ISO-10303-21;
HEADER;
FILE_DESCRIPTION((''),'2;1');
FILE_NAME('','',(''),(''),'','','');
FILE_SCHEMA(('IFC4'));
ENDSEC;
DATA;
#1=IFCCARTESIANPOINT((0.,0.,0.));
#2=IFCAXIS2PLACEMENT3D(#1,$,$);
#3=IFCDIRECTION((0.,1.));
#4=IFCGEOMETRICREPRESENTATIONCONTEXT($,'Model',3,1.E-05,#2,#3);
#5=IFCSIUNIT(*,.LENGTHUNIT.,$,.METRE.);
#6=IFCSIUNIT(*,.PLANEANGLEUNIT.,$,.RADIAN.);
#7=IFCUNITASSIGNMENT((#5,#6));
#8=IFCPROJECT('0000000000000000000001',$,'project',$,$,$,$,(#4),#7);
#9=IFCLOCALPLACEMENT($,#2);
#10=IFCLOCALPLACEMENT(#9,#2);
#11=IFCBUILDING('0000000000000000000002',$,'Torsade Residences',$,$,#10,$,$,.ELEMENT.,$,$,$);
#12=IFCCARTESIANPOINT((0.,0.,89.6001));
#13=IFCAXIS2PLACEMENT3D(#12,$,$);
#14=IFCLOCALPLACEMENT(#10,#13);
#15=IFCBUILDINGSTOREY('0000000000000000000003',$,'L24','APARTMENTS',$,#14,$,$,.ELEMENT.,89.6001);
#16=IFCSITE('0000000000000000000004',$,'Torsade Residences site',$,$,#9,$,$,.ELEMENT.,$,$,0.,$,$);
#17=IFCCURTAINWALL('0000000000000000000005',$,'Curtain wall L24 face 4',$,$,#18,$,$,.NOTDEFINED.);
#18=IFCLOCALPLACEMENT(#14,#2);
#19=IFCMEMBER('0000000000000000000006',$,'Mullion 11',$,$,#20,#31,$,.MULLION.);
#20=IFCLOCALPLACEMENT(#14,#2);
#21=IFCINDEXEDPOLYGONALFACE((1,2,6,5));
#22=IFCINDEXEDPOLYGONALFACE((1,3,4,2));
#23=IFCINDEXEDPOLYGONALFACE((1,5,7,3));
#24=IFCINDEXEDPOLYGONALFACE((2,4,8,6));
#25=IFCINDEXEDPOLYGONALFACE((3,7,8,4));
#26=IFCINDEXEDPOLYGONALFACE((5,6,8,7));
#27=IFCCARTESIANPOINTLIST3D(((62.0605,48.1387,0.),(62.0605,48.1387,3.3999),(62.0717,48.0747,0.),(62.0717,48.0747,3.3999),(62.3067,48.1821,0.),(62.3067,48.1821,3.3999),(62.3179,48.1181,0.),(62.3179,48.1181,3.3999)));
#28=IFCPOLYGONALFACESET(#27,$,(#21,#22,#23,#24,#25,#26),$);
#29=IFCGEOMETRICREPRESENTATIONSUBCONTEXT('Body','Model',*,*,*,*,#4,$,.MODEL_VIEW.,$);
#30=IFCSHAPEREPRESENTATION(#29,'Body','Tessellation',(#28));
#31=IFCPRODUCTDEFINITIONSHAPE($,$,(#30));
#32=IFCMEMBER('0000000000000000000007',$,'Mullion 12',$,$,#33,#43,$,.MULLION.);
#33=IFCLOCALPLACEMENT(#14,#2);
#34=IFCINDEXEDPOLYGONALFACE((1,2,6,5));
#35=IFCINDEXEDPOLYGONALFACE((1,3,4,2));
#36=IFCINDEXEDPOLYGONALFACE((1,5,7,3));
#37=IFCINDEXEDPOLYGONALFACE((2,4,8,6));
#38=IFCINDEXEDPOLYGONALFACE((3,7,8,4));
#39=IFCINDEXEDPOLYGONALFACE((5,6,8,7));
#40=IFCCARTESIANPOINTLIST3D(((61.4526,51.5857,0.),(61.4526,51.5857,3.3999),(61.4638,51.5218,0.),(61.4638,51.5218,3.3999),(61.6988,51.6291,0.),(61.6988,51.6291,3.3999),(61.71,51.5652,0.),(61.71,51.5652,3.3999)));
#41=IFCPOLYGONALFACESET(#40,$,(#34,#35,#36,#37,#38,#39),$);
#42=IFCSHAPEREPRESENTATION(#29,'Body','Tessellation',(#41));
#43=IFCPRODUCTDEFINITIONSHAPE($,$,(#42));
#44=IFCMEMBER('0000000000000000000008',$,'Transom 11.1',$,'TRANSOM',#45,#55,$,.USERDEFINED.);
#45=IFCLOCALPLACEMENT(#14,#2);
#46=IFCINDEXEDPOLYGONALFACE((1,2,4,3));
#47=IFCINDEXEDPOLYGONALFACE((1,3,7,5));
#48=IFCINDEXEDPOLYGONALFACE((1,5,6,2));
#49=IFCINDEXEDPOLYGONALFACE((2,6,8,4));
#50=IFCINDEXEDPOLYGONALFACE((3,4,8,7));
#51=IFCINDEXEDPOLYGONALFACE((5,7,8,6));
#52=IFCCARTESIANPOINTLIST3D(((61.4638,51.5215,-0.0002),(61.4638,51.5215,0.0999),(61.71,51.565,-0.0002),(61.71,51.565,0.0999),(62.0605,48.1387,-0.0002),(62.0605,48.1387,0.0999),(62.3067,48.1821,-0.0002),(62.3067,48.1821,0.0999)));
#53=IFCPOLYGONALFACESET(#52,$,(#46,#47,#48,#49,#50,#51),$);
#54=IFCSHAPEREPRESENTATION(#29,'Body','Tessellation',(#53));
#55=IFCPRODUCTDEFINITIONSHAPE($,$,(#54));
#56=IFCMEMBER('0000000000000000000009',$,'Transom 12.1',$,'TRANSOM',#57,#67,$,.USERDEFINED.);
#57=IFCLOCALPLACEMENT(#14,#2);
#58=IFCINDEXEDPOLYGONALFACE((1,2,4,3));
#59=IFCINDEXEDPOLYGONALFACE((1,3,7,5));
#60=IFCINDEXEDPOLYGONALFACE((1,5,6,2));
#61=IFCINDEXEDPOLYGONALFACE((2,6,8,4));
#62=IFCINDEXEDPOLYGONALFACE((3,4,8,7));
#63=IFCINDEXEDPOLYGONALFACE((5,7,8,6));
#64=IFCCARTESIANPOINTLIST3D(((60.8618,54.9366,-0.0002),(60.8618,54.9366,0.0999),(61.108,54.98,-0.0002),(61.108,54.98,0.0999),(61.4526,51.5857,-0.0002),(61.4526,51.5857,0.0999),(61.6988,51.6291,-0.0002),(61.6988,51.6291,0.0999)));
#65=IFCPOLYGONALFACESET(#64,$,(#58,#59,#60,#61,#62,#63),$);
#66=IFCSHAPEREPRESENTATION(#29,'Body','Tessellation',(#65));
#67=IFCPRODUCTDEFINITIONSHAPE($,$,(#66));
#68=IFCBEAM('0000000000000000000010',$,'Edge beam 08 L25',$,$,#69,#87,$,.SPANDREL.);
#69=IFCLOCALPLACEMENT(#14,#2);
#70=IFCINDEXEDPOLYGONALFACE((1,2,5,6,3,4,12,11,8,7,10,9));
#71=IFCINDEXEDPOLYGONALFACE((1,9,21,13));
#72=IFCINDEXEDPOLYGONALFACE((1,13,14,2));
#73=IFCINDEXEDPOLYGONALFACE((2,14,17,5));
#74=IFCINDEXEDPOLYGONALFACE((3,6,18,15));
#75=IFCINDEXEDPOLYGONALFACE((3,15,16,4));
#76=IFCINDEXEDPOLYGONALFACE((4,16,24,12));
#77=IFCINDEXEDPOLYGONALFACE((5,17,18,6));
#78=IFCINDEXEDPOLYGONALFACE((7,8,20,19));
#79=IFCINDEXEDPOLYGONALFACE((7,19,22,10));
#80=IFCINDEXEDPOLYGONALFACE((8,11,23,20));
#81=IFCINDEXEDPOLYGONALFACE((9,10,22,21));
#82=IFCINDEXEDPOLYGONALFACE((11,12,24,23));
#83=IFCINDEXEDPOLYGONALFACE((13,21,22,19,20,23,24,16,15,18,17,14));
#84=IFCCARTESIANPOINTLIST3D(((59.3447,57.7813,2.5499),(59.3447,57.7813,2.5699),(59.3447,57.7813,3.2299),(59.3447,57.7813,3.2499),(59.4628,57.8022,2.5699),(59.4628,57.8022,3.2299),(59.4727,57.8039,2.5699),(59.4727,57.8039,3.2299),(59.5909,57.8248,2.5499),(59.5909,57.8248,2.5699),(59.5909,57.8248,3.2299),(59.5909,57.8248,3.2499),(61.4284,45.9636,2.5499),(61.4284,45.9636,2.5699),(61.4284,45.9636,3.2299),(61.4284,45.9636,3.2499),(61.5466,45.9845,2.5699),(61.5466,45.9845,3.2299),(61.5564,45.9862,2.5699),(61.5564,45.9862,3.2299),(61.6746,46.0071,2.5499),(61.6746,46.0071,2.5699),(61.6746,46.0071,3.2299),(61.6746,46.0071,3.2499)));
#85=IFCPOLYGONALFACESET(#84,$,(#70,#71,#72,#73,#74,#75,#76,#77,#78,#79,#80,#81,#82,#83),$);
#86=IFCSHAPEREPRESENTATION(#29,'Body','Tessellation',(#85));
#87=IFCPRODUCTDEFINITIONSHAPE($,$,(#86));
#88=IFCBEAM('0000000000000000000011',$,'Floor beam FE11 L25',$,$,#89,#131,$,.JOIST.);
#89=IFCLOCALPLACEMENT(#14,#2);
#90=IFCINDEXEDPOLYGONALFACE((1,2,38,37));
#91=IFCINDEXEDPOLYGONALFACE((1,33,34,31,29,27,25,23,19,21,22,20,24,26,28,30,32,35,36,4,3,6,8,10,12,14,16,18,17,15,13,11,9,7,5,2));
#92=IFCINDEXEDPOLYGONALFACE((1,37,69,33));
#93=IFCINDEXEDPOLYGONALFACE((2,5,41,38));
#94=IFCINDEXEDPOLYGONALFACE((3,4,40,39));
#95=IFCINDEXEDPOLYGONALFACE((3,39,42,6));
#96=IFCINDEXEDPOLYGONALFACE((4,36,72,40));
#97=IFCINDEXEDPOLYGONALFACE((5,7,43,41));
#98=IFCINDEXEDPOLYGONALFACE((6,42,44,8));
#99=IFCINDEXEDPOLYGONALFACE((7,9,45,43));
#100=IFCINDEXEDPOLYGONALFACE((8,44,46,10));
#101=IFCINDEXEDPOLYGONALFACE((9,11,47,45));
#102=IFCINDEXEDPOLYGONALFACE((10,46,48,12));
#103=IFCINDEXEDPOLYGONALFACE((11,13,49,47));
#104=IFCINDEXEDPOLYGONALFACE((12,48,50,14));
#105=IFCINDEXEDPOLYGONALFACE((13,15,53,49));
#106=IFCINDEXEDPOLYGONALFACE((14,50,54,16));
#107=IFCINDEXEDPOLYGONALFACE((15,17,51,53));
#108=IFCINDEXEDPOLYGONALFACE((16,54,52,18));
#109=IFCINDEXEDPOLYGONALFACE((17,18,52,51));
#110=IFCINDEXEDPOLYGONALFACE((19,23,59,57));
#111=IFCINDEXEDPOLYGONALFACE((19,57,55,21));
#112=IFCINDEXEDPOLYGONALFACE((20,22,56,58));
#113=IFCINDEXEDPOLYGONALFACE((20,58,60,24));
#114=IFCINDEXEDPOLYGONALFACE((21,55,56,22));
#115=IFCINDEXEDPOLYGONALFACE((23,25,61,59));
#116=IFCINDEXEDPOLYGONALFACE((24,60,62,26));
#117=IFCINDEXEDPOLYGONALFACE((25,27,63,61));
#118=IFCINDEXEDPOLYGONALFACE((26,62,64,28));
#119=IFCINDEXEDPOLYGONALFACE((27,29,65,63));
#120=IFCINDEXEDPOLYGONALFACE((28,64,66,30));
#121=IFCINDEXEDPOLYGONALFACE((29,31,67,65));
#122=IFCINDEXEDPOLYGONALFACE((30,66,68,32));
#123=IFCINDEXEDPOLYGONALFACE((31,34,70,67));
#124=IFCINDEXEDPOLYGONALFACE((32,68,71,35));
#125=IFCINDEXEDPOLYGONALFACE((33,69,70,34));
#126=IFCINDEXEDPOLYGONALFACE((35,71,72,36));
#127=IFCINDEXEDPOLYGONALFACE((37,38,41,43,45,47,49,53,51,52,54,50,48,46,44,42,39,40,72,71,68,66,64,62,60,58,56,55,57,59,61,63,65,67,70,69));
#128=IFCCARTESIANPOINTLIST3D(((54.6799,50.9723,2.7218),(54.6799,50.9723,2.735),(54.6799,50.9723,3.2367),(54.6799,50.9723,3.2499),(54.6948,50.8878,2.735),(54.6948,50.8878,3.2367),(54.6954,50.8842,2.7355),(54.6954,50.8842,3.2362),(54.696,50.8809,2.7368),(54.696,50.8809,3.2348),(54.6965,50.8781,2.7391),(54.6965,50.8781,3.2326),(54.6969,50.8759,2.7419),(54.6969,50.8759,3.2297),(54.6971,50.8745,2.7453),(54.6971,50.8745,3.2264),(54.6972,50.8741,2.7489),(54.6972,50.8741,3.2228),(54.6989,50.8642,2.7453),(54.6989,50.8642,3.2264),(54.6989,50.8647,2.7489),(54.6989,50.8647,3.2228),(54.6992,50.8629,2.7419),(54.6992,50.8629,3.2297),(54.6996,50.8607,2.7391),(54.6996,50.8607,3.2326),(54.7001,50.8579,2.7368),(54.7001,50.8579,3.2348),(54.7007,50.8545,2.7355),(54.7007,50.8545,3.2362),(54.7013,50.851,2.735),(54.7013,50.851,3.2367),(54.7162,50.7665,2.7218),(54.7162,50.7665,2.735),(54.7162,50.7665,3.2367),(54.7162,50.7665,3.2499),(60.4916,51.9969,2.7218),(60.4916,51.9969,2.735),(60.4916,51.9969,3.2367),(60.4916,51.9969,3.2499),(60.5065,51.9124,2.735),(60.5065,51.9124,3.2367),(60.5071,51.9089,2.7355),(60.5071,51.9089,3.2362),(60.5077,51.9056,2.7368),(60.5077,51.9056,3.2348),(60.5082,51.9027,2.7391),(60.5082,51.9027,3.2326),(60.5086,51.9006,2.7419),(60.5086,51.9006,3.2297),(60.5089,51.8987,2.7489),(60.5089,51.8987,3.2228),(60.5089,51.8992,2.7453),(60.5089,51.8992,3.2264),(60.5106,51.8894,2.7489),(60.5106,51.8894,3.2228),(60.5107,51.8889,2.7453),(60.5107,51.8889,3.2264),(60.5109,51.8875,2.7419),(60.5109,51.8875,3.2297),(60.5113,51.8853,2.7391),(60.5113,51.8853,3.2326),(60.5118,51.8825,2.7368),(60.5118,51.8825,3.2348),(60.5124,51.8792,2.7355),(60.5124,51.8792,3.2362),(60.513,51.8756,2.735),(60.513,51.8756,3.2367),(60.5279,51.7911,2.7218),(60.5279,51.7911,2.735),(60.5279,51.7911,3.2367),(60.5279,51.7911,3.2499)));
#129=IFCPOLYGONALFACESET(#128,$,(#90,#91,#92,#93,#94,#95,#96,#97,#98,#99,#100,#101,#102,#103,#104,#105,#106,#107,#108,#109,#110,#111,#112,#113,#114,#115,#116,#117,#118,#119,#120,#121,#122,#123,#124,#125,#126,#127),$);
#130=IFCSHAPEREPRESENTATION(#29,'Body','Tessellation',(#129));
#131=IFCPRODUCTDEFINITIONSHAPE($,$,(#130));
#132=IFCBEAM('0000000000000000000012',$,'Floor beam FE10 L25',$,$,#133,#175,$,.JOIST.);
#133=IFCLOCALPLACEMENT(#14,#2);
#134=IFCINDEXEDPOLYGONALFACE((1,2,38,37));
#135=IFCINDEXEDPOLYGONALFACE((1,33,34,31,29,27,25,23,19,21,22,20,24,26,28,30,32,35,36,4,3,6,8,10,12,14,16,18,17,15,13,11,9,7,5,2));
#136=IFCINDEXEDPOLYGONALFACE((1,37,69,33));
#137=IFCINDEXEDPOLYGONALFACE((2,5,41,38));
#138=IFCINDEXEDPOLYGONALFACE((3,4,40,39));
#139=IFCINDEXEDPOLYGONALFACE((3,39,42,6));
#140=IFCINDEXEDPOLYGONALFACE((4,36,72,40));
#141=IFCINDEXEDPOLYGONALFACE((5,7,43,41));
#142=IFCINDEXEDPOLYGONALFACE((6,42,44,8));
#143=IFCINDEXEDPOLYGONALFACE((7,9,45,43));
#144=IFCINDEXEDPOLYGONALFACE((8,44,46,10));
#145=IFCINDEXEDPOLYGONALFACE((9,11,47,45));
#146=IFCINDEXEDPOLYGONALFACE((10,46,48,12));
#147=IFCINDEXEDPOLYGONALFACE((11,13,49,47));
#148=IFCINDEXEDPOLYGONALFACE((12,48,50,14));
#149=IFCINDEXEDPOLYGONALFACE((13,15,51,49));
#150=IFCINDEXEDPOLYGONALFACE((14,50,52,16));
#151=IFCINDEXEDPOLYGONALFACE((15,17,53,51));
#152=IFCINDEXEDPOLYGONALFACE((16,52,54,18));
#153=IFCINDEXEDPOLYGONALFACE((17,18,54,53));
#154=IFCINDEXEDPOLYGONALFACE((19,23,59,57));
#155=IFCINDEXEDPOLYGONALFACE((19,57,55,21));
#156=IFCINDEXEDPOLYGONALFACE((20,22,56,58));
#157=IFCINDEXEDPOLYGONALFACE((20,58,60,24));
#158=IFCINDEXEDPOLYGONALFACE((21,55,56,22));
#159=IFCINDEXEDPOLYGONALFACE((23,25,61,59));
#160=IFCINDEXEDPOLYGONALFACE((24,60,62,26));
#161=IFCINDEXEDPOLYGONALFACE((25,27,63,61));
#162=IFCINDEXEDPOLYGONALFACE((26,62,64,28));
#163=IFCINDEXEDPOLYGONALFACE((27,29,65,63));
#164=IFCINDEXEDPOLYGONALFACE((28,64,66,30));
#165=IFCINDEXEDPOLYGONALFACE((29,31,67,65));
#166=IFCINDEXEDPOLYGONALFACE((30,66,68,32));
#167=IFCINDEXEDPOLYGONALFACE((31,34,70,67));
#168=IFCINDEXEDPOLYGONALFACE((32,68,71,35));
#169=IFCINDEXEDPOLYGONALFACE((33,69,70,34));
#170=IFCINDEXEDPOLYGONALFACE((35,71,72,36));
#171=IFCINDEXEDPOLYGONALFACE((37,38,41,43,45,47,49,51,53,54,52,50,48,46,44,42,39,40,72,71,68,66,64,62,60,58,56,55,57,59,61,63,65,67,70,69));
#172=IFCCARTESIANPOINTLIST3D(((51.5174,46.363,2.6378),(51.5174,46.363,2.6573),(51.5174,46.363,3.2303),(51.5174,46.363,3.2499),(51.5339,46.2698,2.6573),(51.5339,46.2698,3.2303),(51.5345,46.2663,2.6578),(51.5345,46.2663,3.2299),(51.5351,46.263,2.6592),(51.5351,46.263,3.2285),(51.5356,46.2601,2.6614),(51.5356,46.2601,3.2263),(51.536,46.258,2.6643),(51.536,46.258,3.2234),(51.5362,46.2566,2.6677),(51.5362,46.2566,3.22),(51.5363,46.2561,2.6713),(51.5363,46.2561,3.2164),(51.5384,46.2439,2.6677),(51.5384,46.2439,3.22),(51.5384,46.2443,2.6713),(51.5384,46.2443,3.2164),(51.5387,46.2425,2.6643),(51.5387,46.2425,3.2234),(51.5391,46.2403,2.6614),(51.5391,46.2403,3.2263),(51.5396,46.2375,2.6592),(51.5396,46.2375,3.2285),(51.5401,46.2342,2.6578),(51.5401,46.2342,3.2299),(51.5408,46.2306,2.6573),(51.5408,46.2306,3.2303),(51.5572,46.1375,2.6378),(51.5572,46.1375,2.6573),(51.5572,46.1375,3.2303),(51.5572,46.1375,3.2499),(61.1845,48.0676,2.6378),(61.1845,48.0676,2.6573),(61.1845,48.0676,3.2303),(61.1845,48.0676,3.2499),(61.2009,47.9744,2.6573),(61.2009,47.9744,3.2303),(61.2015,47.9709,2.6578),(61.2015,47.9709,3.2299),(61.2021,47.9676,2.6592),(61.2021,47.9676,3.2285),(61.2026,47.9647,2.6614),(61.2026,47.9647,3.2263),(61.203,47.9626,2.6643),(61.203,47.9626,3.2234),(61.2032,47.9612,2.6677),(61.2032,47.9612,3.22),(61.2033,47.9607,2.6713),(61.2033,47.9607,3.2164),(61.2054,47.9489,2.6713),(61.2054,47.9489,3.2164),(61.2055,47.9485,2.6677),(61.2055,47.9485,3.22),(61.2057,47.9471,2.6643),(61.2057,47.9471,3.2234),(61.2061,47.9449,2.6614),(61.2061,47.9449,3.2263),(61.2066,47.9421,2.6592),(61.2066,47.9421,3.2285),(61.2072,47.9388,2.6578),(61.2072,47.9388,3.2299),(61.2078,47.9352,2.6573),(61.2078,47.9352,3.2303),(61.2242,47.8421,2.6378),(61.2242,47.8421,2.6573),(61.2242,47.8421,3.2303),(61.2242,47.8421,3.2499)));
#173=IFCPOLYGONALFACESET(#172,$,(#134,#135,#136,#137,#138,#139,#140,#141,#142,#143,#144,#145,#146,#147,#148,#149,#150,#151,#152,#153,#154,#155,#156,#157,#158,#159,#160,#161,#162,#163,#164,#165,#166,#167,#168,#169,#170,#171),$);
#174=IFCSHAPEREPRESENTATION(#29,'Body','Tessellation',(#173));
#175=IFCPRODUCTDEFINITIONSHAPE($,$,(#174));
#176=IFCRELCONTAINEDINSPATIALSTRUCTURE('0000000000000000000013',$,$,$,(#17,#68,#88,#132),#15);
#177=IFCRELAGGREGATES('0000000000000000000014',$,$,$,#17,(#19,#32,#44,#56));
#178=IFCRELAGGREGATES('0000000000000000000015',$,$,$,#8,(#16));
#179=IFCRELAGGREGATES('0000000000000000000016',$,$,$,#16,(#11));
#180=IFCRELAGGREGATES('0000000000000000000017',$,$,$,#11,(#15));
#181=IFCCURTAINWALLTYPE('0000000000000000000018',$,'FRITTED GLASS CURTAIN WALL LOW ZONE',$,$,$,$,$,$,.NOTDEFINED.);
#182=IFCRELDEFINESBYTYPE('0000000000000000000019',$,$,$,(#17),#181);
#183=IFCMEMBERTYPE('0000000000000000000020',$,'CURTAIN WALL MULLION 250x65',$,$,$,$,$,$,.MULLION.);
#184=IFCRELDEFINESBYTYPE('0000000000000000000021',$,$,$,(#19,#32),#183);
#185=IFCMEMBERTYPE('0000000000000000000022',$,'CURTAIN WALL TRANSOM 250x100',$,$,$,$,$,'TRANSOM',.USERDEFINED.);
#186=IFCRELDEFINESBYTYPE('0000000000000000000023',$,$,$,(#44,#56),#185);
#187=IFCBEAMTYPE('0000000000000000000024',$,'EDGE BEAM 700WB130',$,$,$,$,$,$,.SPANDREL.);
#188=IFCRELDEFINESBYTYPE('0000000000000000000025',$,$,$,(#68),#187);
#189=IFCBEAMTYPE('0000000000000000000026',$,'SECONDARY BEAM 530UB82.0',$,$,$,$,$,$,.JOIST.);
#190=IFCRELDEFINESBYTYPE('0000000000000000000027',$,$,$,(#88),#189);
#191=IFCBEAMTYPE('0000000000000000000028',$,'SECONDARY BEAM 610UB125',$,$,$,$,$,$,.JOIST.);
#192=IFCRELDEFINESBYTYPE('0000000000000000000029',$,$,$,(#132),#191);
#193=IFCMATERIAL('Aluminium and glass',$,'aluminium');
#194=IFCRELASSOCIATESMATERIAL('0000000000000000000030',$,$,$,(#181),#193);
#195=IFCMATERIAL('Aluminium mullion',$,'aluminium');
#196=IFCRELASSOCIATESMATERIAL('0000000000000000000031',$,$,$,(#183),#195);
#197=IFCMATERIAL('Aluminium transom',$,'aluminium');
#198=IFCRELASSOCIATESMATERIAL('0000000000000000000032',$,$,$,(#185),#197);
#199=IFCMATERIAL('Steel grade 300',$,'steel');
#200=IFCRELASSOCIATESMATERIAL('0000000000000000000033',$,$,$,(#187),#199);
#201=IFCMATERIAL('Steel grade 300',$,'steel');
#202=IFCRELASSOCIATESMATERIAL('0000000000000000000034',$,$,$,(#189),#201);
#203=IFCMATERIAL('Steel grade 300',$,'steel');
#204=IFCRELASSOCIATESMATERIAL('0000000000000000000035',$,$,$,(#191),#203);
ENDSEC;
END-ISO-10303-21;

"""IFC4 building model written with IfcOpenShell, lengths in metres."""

from ifc_helpers import new_model, si_unit, direction, frame, origin, origin_2d, place, context, subcontext, project, spatial, rectangle, i_section, extrude, material, material_profile, profile_set, type_object, element, aggregate, save


model = new_model("IFC4")

# Units and contexts
model_context = context("Model", 3, precision=1e-05, world=origin(), true_north=direction((0.0, 1.0)))
body_context = subcontext(model_context, "Body", "Model", "MODEL_VIEW")
ifc_project = project(units=[si_unit("LENGTHUNIT", "METRE"), si_unit("PLANEANGLEUNIT", "RADIAN")], contexts=[model_context])

# Site, building, storey
site_placement = place(None, origin())
site = spatial("IfcSite", under=ifc_project, at=site_placement, Name="Torsade Residences site", CompositionType="ELEMENT", RefElevation=0.0)
building_placement = place(site_placement, origin())
building = spatial("IfcBuilding", under=site, at=building_placement, Name="Torsade Residences", CompositionType="ELEMENT")
storey_placement = place(building_placement, frame((0.0, 0.0, 89.6001)))
storey = spatial("IfcBuildingStorey", under=building, at=storey_placement, Name="L24", Description="APARTMENTS", CompositionType="ELEMENT", Elevation=89.6001)

# Curtain wall, members
ifc_material_1 = material(Name="Aluminium and glass", Category="aluminium")
curtain_wall_type = type_object("IfcCurtainWallType", Name="FRITTED GLASS CURTAIN WALL LOW ZONE", PredefinedType="NOTDEFINED", material=ifc_material_1)
curtain_wall_placement = place(storey_placement, origin())
curtain_wall = element("IfcCurtainWall", 1, at=curtain_wall_placement, inside=storey, type_object=curtain_wall_type, Name="Curtain wall L24 face 4", PredefinedType="NOTDEFINED")
ifc_material_2 = material(Name="Aluminium mullion", Category="aluminium")
ifc_material_profile_1 = material_profile(ifc_material_2, rectangle(XDim=0.25, YDim=0.0649, at=origin_2d()), Name="CURTAIN WALL MULLION 250x65")
ifc_profile_set_1 = profile_set([ifc_material_profile_1], Name="Aluminium mullion")
member_type_1 = type_object("IfcMemberType", Name="CURTAIN WALL MULLION 250x65", PredefinedType="MULLION", material=ifc_profile_set_1)
member_1_placement = place(storey_placement, frame((62.1892, 48.1284, 0.0), z_axis=(0.0, 0.0, 1.0), x_axis=(-0.984808, -0.173648, 0.0)))
member_1 = element("IfcMember", 2, at=member_1_placement, type_object=member_type_1, Name="Mullion 11", PredefinedType="MULLION", context=body_context, shape_type="SweptSolid", body=[
    extrude(rectangle(XDim=0.25, YDim=0.0649, at=origin_2d()), origin(), (0.0, 0.0, 1.0), 3.3999),
])
member_2_placement = place(storey_placement, frame((61.5813, 51.5754, 0.0), z_axis=(0.0, 0.0, 1.0), x_axis=(-0.984808, -0.173648, 0.0)))
member_2 = element("IfcMember", 3, at=member_2_placement, type_object=member_type_1, Name="Mullion 12", PredefinedType="MULLION", context=body_context, shape_type="SweptSolid", body=[
    extrude(rectangle(XDim=0.25, YDim=0.0649, at=origin_2d()), origin(), (0.0, 0.0, 1.0), 3.3999),
])
ifc_material_3 = material(Name="Aluminium transom", Category="aluminium")
ifc_material_profile_2 = material_profile(ifc_material_3, rectangle(XDim=0.25, YDim=0.1001, at=origin_2d()), Name="CURTAIN WALL TRANSOM 250x100")
ifc_profile_set_2 = profile_set([ifc_material_profile_2], Name="Aluminium transom")
member_type_2 = type_object("IfcMemberType", Name="CURTAIN WALL TRANSOM 250x100", ElementType="TRANSOM", PredefinedType="USERDEFINED", material=ifc_profile_set_2)
member_3_placement = place(storey_placement, frame((62.1836, 48.1604, 0.0498), z_axis=(-0.173704, 0.984798, 0.0), x_axis=(-0.984798, -0.173704, 0.0)))
member_3 = element("IfcMember", 4, at=member_3_placement, type_object=member_type_2, Name="Transom 11.1", ObjectType="TRANSOM", PredefinedType="USERDEFINED", context=body_context, shape_type="SweptSolid", body=[
    extrude(rectangle(XDim=0.25, YDim=0.1001, at=origin_2d()), origin(), (0.0, 0.0, 1.0), 3.4351),
])
member_4_placement = place(storey_placement, frame((61.5757, 51.6074, 0.0498), z_axis=(-0.173642, 0.984809, 0.0), x_axis=(-0.984809, -0.173642, 0.0)))
member_4 = element("IfcMember", 5, at=member_4_placement, type_object=member_type_2, Name="Transom 12.1", ObjectType="TRANSOM", PredefinedType="USERDEFINED", context=body_context, shape_type="SweptSolid", body=[
    extrude(rectangle(XDim=0.25, YDim=0.1001, at=origin_2d()), origin(), (0.0, 0.0, 1.0), 3.4026),
])

# Beams
ifc_material_4 = material(Name="Steel grade 300", Category="steel")
ifc_material_profile_3 = material_profile(ifc_material_4, i_section(OverallWidth=0.25, OverallDepth=0.7, WebThickness=0.01, FlangeThickness=0.02, at=origin_2d()), Name="700WB130")
ifc_profile_set_3 = profile_set([ifc_material_profile_3], Name="Steel grade 300")
beam_type_1 = type_object("IfcBeamType", Name="EDGE BEAM 700WB130", PredefinedType="SPANDREL", material=ifc_profile_set_3)
beam_1_placement = place(storey_placement, frame((61.5515, 45.9854, 2.8999), z_axis=(-0.173646, 0.984808, 0.0), x_axis=(-0.984808, -0.173646, 0.0)))
element("IfcBeam", 6, at=beam_1_placement, inside=storey, type_object=beam_type_1, Name="Edge beam 08 L25", PredefinedType="SPANDREL", context=body_context, shape_type="SweptSolid", body=[
    extrude(i_section(OverallWidth=0.25, OverallDepth=0.7, WebThickness=0.01, FlangeThickness=0.02, at=origin_2d()), origin(), (0.0, 0.0, 1.0), 12.0),
])
ifc_material_5 = material(Name="Steel grade 300", Category="steel")
ifc_material_profile_4 = material_profile(ifc_material_5, i_section(OverallWidth=0.209, OverallDepth=0.5281, WebThickness=0.0095, FlangeThickness=0.0132, FilletRadius=0.0139, at=origin_2d()), Name="530UB82.0")
ifc_profile_set_4 = profile_set([ifc_material_profile_4], Name="Steel grade 300")
beam_type_2 = type_object("IfcBeamType", Name="SECONDARY BEAM 530UB82.0", PredefinedType="JOIST", material=ifc_profile_set_4)
beam_2_placement = place(storey_placement, frame((60.5098, 51.894, 2.9858), z_axis=(-0.984811, -0.17363, 0.0), x_axis=(0.17363, -0.984811, 0.0)))
element("IfcBeam", 7, at=beam_2_placement, inside=storey, type_object=beam_type_2, Name="Floor beam FE11 L25", PredefinedType="JOIST", context=body_context, shape_type="SweptSolid", body=[
    extrude(i_section(OverallWidth=0.209, OverallDepth=0.5281, WebThickness=0.0095, FlangeThickness=0.0132, FilletRadius=0.0139, at=origin_2d()), origin(), (0.0, 0.0, 1.0), 5.9014),
])
ifc_material_6 = material(Name="Steel grade 300", Category="steel")
ifc_material_profile_5 = material_profile(ifc_material_6, i_section(OverallWidth=0.229, OverallDepth=0.6121, WebThickness=0.012, FlangeThickness=0.0195, FilletRadius=0.0139, at=origin_2d()), Name="610UB125")
ifc_profile_set_5 = profile_set([ifc_material_profile_5], Name="Steel grade 300")
beam_type_3 = type_object("IfcBeamType", Name="SECONDARY BEAM 610UB125", PredefinedType="JOIST", material=ifc_profile_set_5)
beam_3_placement = place(storey_placement, frame((61.2043, 47.9548, 2.9438), z_axis=(-0.984807, -0.173652, 0.0), x_axis=(0.173652, -0.984807, 0.0)))
element("IfcBeam", 8, at=beam_3_placement, inside=storey, type_object=beam_type_3, Name="Floor beam FE10 L25", PredefinedType="JOIST", context=body_context, shape_type="SweptSolid", body=[
    extrude(i_section(OverallWidth=0.229, OverallDepth=0.6121, WebThickness=0.012, FlangeThickness=0.0195, FilletRadius=0.0139, at=origin_2d()), origin(), (0.0, 0.0, 1.0), 9.8162),
])

aggregate(curtain_wall, [member_1, member_2, member_3, member_4])

save(model, "model.ifc")
